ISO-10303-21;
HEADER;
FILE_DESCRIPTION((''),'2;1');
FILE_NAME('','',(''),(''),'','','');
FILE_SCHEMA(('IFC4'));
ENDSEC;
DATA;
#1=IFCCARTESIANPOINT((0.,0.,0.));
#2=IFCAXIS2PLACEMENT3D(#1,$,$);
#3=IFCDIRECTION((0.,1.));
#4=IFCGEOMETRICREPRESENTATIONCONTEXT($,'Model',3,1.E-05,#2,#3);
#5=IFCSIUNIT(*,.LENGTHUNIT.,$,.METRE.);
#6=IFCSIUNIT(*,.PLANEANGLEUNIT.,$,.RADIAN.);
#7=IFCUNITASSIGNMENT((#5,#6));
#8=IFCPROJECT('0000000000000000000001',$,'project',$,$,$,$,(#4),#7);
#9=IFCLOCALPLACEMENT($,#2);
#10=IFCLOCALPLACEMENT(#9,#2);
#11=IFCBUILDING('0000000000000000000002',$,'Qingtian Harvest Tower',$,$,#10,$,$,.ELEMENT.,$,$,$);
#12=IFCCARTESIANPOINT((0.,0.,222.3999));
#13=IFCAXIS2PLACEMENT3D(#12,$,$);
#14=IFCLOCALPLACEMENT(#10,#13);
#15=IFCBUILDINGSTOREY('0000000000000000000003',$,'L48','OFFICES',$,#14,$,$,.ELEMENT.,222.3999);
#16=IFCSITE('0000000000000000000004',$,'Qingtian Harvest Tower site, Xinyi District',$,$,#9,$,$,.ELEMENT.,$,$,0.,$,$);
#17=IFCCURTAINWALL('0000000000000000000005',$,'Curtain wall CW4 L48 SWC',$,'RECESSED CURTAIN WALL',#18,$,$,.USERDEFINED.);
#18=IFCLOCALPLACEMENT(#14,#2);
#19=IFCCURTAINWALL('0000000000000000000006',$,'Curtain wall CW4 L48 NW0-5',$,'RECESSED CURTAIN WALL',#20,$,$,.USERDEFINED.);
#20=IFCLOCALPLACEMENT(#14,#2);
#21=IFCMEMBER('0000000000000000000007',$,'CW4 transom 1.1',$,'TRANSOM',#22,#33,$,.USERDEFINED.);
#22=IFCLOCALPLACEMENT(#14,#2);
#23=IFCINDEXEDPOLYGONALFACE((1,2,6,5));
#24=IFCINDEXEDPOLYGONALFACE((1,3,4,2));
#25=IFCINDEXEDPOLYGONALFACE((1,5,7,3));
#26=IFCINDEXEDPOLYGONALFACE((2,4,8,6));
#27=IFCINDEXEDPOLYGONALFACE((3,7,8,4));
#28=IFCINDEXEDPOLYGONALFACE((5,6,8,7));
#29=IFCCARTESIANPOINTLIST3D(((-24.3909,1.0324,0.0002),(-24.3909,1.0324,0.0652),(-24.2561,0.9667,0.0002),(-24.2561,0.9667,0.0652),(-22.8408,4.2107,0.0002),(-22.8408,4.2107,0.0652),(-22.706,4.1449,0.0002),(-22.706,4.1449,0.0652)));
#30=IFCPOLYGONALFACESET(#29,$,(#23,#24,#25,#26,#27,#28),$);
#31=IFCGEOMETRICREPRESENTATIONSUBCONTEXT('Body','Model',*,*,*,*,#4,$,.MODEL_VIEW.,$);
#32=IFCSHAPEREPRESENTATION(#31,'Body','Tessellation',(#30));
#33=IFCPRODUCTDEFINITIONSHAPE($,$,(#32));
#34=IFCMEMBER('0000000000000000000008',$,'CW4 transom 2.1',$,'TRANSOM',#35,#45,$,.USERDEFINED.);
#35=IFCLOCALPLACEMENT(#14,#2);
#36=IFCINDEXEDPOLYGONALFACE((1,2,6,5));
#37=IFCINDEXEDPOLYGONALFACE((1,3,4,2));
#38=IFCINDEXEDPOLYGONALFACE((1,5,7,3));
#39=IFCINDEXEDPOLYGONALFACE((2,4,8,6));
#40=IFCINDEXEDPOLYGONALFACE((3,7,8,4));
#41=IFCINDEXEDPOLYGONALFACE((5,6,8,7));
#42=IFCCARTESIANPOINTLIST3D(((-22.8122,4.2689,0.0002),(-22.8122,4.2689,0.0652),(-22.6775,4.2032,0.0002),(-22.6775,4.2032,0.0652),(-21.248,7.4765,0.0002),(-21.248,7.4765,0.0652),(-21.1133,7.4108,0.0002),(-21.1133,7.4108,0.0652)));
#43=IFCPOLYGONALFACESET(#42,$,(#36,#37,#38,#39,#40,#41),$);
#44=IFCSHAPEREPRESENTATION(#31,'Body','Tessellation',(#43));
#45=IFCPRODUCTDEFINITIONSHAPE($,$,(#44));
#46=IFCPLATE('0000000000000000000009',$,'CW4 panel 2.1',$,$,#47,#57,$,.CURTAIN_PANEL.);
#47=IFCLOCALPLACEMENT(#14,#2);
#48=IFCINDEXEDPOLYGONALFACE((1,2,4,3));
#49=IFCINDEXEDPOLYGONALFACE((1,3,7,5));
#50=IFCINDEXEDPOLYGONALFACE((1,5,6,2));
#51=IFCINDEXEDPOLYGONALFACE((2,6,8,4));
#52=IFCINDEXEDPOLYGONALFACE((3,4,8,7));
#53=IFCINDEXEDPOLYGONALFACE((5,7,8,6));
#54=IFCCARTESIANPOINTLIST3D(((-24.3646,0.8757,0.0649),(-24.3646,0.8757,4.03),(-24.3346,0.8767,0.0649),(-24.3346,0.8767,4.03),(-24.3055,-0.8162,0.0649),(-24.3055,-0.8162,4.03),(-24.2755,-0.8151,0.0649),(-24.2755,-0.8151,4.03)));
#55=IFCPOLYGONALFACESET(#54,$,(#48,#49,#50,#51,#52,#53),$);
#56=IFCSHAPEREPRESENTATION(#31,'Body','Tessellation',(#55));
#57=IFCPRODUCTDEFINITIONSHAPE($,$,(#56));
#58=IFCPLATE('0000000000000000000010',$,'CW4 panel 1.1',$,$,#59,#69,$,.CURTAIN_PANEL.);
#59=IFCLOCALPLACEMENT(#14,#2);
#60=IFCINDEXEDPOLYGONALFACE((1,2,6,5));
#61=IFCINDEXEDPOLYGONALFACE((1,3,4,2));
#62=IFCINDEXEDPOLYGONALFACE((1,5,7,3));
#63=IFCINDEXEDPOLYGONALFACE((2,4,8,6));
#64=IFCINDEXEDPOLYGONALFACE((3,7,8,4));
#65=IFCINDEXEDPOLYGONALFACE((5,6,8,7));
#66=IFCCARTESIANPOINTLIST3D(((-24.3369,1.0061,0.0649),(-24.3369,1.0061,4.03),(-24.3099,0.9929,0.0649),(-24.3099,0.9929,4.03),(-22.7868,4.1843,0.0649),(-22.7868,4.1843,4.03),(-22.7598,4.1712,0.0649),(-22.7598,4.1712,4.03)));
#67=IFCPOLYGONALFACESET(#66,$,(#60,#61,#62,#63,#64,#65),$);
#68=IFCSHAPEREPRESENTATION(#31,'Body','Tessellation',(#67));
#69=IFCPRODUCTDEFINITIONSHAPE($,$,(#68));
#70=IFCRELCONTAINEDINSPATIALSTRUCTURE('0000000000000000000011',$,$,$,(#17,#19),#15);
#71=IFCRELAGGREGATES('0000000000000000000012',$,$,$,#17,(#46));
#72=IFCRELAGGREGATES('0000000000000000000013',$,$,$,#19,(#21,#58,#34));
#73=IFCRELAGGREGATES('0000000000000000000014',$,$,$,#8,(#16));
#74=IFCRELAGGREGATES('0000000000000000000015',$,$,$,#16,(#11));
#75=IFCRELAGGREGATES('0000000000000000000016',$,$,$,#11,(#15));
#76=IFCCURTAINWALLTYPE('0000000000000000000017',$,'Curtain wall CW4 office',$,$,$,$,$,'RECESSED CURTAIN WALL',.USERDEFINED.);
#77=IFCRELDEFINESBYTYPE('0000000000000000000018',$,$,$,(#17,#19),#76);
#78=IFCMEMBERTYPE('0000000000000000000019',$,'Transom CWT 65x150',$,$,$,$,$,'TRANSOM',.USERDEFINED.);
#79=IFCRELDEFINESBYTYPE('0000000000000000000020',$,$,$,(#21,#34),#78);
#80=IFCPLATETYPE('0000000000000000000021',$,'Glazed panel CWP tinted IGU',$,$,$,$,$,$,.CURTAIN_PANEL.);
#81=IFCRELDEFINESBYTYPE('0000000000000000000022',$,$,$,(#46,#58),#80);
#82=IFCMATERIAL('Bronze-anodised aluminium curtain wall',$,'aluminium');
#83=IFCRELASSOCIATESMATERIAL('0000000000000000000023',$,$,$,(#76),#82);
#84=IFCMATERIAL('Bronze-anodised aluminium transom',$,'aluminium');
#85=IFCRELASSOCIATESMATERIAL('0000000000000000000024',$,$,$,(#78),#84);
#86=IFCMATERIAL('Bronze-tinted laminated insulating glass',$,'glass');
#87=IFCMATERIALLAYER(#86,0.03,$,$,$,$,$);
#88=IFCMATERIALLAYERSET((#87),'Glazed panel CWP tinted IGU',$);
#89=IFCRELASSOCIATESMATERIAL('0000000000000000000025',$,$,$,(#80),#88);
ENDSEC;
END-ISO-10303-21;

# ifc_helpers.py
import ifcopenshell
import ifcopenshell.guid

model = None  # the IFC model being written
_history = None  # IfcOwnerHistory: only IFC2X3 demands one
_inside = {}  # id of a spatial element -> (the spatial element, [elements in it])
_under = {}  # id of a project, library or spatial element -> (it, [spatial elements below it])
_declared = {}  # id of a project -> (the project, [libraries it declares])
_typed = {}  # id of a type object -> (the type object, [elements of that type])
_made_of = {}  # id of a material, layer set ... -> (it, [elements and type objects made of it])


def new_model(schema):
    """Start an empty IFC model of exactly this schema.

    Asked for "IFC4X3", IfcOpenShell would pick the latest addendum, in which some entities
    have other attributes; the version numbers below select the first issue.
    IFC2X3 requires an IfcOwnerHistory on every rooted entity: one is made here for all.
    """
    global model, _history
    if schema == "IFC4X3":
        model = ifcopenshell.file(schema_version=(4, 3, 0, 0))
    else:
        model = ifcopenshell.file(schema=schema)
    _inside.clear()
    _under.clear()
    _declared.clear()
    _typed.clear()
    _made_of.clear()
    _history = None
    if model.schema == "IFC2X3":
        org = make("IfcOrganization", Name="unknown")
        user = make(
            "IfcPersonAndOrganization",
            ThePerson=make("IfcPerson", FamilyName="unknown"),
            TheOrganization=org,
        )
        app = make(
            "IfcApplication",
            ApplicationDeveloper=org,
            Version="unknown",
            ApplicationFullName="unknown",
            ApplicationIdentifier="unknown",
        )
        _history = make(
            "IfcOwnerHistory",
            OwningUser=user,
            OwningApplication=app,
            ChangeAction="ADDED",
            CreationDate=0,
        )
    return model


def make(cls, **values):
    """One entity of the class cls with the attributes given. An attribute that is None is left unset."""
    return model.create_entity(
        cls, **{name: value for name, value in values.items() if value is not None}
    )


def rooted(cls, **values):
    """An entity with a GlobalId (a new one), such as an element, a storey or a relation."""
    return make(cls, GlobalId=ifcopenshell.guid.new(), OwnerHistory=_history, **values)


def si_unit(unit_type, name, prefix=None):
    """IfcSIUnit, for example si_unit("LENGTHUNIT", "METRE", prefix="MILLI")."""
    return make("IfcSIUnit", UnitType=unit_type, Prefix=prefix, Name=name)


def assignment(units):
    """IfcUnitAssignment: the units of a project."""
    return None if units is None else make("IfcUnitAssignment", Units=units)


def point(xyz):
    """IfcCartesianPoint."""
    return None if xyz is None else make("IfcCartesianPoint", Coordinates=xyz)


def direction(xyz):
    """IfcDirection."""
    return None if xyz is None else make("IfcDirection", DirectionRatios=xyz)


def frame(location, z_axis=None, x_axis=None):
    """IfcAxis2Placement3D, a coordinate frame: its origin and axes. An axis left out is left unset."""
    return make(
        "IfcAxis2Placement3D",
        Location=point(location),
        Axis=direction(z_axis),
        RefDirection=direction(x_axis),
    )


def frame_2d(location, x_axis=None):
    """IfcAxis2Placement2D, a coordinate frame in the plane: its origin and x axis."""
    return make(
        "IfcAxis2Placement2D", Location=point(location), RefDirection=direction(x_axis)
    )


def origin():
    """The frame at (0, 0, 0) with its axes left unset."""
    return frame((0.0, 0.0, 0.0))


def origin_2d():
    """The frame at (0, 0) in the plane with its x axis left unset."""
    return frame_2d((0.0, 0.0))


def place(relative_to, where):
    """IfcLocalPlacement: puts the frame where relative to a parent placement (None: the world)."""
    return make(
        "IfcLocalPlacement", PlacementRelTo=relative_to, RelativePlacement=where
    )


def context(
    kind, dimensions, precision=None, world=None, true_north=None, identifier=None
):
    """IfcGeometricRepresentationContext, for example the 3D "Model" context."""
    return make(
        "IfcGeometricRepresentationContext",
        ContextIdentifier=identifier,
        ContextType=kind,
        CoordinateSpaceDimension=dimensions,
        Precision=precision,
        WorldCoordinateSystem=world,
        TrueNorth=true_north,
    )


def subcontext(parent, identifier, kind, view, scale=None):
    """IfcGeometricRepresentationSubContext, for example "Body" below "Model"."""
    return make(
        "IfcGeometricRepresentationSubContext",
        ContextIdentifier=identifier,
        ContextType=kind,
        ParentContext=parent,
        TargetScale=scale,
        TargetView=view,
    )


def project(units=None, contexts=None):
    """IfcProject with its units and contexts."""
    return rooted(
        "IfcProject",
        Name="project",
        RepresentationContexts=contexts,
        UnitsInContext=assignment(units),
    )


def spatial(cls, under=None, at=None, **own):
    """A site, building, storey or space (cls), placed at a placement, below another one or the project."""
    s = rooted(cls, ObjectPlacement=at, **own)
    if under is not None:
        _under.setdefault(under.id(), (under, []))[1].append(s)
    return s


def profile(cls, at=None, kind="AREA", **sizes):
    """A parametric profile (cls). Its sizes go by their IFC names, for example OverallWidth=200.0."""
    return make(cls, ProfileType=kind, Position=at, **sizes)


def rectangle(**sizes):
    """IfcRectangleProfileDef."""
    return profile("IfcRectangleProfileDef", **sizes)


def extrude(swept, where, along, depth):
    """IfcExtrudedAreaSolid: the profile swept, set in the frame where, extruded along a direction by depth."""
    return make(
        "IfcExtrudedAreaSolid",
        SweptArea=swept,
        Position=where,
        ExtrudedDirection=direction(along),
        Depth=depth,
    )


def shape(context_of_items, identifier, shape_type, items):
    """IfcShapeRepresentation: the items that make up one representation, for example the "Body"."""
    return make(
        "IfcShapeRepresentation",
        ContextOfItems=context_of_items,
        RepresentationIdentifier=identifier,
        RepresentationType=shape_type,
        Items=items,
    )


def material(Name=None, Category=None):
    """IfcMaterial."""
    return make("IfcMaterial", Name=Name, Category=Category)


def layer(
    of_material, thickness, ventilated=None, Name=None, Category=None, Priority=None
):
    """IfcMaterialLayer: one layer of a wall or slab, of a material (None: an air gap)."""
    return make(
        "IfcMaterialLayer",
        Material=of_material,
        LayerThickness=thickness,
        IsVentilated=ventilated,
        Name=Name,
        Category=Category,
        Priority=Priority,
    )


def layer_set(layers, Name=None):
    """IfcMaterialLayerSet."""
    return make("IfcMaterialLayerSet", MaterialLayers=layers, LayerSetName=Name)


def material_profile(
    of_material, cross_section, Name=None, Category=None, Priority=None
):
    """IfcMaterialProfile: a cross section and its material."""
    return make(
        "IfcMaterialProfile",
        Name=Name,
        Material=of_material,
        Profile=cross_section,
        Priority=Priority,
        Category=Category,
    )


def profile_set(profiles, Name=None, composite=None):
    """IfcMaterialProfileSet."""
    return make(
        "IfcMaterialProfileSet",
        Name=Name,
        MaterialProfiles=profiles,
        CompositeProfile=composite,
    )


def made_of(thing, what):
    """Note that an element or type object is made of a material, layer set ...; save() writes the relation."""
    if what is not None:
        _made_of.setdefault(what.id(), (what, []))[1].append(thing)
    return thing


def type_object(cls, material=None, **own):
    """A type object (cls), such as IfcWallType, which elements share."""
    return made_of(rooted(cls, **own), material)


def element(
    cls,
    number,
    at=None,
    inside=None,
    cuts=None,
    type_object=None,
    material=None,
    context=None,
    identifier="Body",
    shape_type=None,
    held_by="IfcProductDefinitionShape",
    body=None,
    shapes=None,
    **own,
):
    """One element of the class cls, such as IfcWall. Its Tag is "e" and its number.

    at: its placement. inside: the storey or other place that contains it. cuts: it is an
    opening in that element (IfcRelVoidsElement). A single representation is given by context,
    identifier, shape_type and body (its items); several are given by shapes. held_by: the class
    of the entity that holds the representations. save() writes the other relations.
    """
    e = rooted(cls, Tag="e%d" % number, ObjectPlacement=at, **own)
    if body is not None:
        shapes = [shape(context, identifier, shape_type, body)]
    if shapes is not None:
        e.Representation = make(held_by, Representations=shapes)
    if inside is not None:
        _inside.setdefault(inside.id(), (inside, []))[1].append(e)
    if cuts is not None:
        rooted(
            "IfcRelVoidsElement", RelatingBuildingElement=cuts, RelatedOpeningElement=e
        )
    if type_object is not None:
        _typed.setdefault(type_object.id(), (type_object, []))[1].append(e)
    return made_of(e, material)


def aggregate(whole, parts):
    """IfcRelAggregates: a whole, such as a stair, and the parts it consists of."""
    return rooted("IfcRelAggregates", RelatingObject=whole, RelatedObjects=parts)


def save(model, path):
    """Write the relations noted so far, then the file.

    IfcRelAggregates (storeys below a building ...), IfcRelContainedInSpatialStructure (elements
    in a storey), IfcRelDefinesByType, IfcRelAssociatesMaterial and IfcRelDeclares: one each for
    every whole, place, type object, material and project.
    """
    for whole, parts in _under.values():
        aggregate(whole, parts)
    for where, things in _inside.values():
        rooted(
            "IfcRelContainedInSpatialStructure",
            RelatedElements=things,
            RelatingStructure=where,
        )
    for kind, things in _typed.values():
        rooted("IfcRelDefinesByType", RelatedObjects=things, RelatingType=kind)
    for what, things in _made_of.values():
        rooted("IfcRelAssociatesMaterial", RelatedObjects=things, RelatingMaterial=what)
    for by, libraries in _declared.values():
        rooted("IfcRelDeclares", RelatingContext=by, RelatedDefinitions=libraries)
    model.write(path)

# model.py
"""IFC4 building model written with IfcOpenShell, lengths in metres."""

from ifc_helpers import new_model, si_unit, direction, frame, origin, origin_2d, place, context, subcontext, project, spatial, rectangle, extrude, material, layer, layer_set, material_profile, profile_set, type_object, element, aggregate, save


model = new_model("IFC4")

# Units and contexts
model_context = context("Model", 3, precision=1e-05, world=origin(), true_north=direction((0.0, 1.0)))
body_context = subcontext(model_context, "Body", "Model", "MODEL_VIEW")
ifc_project = project(units=[si_unit("LENGTHUNIT", "METRE"), si_unit("PLANEANGLEUNIT", "RADIAN")], contexts=[model_context])

# Site, building, storey
site_placement = place(None, origin())
site = spatial("IfcSite", under=ifc_project, at=site_placement, Name="Qingtian Harvest Tower site, Xinyi District", CompositionType="ELEMENT", RefElevation=0.0)
building_placement = place(site_placement, origin())
building = spatial("IfcBuilding", under=site, at=building_placement, Name="Qingtian Harvest Tower", CompositionType="ELEMENT")
storey_placement = place(building_placement, frame((0.0, 0.0, 222.3999)))
storey = spatial("IfcBuildingStorey", under=building, at=storey_placement, Name="L48", Description="OFFICES", CompositionType="ELEMENT", Elevation=222.3999)

# Curtain wall
ifc_material_1 = material(Name="Bronze-anodised aluminium curtain wall", Category="aluminium")
curtain_wall_type = type_object("IfcCurtainWallType", Name="Curtain wall CW4 office", ElementType="RECESSED CURTAIN WALL", PredefinedType="USERDEFINED", material=ifc_material_1)
curtain_wall_1_placement = place(storey_placement, origin())
curtain_wall_1 = element("IfcCurtainWall", 1, at=curtain_wall_1_placement, inside=storey, type_object=curtain_wall_type, Name="Curtain wall CW4 L48 SWC", ObjectType="RECESSED CURTAIN WALL", PredefinedType="USERDEFINED")

# Curtain wall
curtain_wall_2_placement = place(storey_placement, origin())
curtain_wall_2 = element("IfcCurtainWall", 2, at=curtain_wall_2_placement, inside=storey, type_object=curtain_wall_type, Name="Curtain wall CW4 L48 NW0-5", ObjectType="RECESSED CURTAIN WALL", PredefinedType="USERDEFINED")

# Members
ifc_material_2 = material(Name="Bronze-anodised aluminium transom", Category="aluminium")
ifc_material_profile_1 = material_profile(ifc_material_2, rectangle(XDim=0.1499, YDim=0.0649, at=origin_2d()), Name="AL 65x150")
ifc_profile_set_1 = profile_set([ifc_material_profile_1], Name="Bronze-anodised aluminium transom")
member_type_1 = type_object("IfcMemberType", Name="Transom CWT 65x150", ElementType="TRANSOM", PredefinedType="USERDEFINED", material=ifc_profile_set_1)
member_1_placement = place(storey_placement, frame((-24.3235, 0.9995, 0.0327), z_axis=(0.438354, 0.898802, 0.0), x_axis=(-0.898802, 0.438354, 0.0)))
member_1 = element("IfcMember", 3, at=member_1_placement, type_object=member_type_1, Name="CW4 transom 1.1", ObjectType="TRANSOM", PredefinedType="USERDEFINED", context=body_context, shape_type="SweptSolid", body=[
    extrude(rectangle(XDim=0.1499, YDim=0.0649, at=origin_2d()), origin(), (0.0, 0.0, 1.0), 3.5361),
])
member_2_placement = place(storey_placement, frame((-22.7449, 4.2361, 0.0327), z_axis=(0.438325, 0.898816, 0.0), x_axis=(-0.898816, 0.438325, 0.0)))
member_2 = element("IfcMember", 4, at=member_2_placement, type_object=member_type_1, Name="CW4 transom 2.1", ObjectType="TRANSOM", PredefinedType="USERDEFINED", context=body_context, shape_type="SweptSolid", body=[
    extrude(rectangle(XDim=0.1499, YDim=0.0649, at=origin_2d()), origin(), (0.0, 0.0, 1.0), 3.5686),
])

# Plates
ifc_material_3 = material(Name="Bronze-tinted laminated insulating glass", Category="glass")
ifc_layer = layer(ifc_material_3, 0.03)
ifc_layer_set = layer_set([ifc_layer], Name="Glazed panel CWP tinted IGU")
plate_type = type_object("IfcPlateType", Name="Glazed panel CWP tinted IGU", PredefinedType="CURTAIN_PANEL", material=ifc_layer_set)
plate_1_placement = place(storey_placement, frame((-24.3201, 0.0303, 0.0649), z_axis=(0.0, 0.0, 1.0), x_axis=(-0.034899, 0.999391, 0.0)))
plate_1 = element("IfcPlate", 5, at=plate_1_placement, type_object=plate_type, Name="CW4 panel 2.1", PredefinedType="CURTAIN_PANEL", context=body_context, shape_type="SweptSolid", body=[
    extrude(rectangle(XDim=1.6929, YDim=0.03, at=origin_2d()), origin(), (0.0, 0.0, 1.0), 3.9651),
])
aggregate(curtain_wall_1, [plate_1])
plate_2_placement = place(storey_placement, frame((-23.5483, 2.5886, 0.0649), z_axis=(0.0, 0.0, 1.0), x_axis=(0.438371, 0.898794, 0.0)))
plate_2 = element("IfcPlate", 6, at=plate_2_placement, type_object=plate_type, Name="CW4 panel 1.1", PredefinedType="CURTAIN_PANEL", context=body_context, shape_type="SweptSolid", body=[
    extrude(rectangle(XDim=3.5361, YDim=0.03, at=origin_2d()), origin(), (0.0, 0.0, 1.0), 3.9651),
])
aggregate(curtain_wall_2, [member_1, plate_2, member_2])

save(model, "model.ifc")
